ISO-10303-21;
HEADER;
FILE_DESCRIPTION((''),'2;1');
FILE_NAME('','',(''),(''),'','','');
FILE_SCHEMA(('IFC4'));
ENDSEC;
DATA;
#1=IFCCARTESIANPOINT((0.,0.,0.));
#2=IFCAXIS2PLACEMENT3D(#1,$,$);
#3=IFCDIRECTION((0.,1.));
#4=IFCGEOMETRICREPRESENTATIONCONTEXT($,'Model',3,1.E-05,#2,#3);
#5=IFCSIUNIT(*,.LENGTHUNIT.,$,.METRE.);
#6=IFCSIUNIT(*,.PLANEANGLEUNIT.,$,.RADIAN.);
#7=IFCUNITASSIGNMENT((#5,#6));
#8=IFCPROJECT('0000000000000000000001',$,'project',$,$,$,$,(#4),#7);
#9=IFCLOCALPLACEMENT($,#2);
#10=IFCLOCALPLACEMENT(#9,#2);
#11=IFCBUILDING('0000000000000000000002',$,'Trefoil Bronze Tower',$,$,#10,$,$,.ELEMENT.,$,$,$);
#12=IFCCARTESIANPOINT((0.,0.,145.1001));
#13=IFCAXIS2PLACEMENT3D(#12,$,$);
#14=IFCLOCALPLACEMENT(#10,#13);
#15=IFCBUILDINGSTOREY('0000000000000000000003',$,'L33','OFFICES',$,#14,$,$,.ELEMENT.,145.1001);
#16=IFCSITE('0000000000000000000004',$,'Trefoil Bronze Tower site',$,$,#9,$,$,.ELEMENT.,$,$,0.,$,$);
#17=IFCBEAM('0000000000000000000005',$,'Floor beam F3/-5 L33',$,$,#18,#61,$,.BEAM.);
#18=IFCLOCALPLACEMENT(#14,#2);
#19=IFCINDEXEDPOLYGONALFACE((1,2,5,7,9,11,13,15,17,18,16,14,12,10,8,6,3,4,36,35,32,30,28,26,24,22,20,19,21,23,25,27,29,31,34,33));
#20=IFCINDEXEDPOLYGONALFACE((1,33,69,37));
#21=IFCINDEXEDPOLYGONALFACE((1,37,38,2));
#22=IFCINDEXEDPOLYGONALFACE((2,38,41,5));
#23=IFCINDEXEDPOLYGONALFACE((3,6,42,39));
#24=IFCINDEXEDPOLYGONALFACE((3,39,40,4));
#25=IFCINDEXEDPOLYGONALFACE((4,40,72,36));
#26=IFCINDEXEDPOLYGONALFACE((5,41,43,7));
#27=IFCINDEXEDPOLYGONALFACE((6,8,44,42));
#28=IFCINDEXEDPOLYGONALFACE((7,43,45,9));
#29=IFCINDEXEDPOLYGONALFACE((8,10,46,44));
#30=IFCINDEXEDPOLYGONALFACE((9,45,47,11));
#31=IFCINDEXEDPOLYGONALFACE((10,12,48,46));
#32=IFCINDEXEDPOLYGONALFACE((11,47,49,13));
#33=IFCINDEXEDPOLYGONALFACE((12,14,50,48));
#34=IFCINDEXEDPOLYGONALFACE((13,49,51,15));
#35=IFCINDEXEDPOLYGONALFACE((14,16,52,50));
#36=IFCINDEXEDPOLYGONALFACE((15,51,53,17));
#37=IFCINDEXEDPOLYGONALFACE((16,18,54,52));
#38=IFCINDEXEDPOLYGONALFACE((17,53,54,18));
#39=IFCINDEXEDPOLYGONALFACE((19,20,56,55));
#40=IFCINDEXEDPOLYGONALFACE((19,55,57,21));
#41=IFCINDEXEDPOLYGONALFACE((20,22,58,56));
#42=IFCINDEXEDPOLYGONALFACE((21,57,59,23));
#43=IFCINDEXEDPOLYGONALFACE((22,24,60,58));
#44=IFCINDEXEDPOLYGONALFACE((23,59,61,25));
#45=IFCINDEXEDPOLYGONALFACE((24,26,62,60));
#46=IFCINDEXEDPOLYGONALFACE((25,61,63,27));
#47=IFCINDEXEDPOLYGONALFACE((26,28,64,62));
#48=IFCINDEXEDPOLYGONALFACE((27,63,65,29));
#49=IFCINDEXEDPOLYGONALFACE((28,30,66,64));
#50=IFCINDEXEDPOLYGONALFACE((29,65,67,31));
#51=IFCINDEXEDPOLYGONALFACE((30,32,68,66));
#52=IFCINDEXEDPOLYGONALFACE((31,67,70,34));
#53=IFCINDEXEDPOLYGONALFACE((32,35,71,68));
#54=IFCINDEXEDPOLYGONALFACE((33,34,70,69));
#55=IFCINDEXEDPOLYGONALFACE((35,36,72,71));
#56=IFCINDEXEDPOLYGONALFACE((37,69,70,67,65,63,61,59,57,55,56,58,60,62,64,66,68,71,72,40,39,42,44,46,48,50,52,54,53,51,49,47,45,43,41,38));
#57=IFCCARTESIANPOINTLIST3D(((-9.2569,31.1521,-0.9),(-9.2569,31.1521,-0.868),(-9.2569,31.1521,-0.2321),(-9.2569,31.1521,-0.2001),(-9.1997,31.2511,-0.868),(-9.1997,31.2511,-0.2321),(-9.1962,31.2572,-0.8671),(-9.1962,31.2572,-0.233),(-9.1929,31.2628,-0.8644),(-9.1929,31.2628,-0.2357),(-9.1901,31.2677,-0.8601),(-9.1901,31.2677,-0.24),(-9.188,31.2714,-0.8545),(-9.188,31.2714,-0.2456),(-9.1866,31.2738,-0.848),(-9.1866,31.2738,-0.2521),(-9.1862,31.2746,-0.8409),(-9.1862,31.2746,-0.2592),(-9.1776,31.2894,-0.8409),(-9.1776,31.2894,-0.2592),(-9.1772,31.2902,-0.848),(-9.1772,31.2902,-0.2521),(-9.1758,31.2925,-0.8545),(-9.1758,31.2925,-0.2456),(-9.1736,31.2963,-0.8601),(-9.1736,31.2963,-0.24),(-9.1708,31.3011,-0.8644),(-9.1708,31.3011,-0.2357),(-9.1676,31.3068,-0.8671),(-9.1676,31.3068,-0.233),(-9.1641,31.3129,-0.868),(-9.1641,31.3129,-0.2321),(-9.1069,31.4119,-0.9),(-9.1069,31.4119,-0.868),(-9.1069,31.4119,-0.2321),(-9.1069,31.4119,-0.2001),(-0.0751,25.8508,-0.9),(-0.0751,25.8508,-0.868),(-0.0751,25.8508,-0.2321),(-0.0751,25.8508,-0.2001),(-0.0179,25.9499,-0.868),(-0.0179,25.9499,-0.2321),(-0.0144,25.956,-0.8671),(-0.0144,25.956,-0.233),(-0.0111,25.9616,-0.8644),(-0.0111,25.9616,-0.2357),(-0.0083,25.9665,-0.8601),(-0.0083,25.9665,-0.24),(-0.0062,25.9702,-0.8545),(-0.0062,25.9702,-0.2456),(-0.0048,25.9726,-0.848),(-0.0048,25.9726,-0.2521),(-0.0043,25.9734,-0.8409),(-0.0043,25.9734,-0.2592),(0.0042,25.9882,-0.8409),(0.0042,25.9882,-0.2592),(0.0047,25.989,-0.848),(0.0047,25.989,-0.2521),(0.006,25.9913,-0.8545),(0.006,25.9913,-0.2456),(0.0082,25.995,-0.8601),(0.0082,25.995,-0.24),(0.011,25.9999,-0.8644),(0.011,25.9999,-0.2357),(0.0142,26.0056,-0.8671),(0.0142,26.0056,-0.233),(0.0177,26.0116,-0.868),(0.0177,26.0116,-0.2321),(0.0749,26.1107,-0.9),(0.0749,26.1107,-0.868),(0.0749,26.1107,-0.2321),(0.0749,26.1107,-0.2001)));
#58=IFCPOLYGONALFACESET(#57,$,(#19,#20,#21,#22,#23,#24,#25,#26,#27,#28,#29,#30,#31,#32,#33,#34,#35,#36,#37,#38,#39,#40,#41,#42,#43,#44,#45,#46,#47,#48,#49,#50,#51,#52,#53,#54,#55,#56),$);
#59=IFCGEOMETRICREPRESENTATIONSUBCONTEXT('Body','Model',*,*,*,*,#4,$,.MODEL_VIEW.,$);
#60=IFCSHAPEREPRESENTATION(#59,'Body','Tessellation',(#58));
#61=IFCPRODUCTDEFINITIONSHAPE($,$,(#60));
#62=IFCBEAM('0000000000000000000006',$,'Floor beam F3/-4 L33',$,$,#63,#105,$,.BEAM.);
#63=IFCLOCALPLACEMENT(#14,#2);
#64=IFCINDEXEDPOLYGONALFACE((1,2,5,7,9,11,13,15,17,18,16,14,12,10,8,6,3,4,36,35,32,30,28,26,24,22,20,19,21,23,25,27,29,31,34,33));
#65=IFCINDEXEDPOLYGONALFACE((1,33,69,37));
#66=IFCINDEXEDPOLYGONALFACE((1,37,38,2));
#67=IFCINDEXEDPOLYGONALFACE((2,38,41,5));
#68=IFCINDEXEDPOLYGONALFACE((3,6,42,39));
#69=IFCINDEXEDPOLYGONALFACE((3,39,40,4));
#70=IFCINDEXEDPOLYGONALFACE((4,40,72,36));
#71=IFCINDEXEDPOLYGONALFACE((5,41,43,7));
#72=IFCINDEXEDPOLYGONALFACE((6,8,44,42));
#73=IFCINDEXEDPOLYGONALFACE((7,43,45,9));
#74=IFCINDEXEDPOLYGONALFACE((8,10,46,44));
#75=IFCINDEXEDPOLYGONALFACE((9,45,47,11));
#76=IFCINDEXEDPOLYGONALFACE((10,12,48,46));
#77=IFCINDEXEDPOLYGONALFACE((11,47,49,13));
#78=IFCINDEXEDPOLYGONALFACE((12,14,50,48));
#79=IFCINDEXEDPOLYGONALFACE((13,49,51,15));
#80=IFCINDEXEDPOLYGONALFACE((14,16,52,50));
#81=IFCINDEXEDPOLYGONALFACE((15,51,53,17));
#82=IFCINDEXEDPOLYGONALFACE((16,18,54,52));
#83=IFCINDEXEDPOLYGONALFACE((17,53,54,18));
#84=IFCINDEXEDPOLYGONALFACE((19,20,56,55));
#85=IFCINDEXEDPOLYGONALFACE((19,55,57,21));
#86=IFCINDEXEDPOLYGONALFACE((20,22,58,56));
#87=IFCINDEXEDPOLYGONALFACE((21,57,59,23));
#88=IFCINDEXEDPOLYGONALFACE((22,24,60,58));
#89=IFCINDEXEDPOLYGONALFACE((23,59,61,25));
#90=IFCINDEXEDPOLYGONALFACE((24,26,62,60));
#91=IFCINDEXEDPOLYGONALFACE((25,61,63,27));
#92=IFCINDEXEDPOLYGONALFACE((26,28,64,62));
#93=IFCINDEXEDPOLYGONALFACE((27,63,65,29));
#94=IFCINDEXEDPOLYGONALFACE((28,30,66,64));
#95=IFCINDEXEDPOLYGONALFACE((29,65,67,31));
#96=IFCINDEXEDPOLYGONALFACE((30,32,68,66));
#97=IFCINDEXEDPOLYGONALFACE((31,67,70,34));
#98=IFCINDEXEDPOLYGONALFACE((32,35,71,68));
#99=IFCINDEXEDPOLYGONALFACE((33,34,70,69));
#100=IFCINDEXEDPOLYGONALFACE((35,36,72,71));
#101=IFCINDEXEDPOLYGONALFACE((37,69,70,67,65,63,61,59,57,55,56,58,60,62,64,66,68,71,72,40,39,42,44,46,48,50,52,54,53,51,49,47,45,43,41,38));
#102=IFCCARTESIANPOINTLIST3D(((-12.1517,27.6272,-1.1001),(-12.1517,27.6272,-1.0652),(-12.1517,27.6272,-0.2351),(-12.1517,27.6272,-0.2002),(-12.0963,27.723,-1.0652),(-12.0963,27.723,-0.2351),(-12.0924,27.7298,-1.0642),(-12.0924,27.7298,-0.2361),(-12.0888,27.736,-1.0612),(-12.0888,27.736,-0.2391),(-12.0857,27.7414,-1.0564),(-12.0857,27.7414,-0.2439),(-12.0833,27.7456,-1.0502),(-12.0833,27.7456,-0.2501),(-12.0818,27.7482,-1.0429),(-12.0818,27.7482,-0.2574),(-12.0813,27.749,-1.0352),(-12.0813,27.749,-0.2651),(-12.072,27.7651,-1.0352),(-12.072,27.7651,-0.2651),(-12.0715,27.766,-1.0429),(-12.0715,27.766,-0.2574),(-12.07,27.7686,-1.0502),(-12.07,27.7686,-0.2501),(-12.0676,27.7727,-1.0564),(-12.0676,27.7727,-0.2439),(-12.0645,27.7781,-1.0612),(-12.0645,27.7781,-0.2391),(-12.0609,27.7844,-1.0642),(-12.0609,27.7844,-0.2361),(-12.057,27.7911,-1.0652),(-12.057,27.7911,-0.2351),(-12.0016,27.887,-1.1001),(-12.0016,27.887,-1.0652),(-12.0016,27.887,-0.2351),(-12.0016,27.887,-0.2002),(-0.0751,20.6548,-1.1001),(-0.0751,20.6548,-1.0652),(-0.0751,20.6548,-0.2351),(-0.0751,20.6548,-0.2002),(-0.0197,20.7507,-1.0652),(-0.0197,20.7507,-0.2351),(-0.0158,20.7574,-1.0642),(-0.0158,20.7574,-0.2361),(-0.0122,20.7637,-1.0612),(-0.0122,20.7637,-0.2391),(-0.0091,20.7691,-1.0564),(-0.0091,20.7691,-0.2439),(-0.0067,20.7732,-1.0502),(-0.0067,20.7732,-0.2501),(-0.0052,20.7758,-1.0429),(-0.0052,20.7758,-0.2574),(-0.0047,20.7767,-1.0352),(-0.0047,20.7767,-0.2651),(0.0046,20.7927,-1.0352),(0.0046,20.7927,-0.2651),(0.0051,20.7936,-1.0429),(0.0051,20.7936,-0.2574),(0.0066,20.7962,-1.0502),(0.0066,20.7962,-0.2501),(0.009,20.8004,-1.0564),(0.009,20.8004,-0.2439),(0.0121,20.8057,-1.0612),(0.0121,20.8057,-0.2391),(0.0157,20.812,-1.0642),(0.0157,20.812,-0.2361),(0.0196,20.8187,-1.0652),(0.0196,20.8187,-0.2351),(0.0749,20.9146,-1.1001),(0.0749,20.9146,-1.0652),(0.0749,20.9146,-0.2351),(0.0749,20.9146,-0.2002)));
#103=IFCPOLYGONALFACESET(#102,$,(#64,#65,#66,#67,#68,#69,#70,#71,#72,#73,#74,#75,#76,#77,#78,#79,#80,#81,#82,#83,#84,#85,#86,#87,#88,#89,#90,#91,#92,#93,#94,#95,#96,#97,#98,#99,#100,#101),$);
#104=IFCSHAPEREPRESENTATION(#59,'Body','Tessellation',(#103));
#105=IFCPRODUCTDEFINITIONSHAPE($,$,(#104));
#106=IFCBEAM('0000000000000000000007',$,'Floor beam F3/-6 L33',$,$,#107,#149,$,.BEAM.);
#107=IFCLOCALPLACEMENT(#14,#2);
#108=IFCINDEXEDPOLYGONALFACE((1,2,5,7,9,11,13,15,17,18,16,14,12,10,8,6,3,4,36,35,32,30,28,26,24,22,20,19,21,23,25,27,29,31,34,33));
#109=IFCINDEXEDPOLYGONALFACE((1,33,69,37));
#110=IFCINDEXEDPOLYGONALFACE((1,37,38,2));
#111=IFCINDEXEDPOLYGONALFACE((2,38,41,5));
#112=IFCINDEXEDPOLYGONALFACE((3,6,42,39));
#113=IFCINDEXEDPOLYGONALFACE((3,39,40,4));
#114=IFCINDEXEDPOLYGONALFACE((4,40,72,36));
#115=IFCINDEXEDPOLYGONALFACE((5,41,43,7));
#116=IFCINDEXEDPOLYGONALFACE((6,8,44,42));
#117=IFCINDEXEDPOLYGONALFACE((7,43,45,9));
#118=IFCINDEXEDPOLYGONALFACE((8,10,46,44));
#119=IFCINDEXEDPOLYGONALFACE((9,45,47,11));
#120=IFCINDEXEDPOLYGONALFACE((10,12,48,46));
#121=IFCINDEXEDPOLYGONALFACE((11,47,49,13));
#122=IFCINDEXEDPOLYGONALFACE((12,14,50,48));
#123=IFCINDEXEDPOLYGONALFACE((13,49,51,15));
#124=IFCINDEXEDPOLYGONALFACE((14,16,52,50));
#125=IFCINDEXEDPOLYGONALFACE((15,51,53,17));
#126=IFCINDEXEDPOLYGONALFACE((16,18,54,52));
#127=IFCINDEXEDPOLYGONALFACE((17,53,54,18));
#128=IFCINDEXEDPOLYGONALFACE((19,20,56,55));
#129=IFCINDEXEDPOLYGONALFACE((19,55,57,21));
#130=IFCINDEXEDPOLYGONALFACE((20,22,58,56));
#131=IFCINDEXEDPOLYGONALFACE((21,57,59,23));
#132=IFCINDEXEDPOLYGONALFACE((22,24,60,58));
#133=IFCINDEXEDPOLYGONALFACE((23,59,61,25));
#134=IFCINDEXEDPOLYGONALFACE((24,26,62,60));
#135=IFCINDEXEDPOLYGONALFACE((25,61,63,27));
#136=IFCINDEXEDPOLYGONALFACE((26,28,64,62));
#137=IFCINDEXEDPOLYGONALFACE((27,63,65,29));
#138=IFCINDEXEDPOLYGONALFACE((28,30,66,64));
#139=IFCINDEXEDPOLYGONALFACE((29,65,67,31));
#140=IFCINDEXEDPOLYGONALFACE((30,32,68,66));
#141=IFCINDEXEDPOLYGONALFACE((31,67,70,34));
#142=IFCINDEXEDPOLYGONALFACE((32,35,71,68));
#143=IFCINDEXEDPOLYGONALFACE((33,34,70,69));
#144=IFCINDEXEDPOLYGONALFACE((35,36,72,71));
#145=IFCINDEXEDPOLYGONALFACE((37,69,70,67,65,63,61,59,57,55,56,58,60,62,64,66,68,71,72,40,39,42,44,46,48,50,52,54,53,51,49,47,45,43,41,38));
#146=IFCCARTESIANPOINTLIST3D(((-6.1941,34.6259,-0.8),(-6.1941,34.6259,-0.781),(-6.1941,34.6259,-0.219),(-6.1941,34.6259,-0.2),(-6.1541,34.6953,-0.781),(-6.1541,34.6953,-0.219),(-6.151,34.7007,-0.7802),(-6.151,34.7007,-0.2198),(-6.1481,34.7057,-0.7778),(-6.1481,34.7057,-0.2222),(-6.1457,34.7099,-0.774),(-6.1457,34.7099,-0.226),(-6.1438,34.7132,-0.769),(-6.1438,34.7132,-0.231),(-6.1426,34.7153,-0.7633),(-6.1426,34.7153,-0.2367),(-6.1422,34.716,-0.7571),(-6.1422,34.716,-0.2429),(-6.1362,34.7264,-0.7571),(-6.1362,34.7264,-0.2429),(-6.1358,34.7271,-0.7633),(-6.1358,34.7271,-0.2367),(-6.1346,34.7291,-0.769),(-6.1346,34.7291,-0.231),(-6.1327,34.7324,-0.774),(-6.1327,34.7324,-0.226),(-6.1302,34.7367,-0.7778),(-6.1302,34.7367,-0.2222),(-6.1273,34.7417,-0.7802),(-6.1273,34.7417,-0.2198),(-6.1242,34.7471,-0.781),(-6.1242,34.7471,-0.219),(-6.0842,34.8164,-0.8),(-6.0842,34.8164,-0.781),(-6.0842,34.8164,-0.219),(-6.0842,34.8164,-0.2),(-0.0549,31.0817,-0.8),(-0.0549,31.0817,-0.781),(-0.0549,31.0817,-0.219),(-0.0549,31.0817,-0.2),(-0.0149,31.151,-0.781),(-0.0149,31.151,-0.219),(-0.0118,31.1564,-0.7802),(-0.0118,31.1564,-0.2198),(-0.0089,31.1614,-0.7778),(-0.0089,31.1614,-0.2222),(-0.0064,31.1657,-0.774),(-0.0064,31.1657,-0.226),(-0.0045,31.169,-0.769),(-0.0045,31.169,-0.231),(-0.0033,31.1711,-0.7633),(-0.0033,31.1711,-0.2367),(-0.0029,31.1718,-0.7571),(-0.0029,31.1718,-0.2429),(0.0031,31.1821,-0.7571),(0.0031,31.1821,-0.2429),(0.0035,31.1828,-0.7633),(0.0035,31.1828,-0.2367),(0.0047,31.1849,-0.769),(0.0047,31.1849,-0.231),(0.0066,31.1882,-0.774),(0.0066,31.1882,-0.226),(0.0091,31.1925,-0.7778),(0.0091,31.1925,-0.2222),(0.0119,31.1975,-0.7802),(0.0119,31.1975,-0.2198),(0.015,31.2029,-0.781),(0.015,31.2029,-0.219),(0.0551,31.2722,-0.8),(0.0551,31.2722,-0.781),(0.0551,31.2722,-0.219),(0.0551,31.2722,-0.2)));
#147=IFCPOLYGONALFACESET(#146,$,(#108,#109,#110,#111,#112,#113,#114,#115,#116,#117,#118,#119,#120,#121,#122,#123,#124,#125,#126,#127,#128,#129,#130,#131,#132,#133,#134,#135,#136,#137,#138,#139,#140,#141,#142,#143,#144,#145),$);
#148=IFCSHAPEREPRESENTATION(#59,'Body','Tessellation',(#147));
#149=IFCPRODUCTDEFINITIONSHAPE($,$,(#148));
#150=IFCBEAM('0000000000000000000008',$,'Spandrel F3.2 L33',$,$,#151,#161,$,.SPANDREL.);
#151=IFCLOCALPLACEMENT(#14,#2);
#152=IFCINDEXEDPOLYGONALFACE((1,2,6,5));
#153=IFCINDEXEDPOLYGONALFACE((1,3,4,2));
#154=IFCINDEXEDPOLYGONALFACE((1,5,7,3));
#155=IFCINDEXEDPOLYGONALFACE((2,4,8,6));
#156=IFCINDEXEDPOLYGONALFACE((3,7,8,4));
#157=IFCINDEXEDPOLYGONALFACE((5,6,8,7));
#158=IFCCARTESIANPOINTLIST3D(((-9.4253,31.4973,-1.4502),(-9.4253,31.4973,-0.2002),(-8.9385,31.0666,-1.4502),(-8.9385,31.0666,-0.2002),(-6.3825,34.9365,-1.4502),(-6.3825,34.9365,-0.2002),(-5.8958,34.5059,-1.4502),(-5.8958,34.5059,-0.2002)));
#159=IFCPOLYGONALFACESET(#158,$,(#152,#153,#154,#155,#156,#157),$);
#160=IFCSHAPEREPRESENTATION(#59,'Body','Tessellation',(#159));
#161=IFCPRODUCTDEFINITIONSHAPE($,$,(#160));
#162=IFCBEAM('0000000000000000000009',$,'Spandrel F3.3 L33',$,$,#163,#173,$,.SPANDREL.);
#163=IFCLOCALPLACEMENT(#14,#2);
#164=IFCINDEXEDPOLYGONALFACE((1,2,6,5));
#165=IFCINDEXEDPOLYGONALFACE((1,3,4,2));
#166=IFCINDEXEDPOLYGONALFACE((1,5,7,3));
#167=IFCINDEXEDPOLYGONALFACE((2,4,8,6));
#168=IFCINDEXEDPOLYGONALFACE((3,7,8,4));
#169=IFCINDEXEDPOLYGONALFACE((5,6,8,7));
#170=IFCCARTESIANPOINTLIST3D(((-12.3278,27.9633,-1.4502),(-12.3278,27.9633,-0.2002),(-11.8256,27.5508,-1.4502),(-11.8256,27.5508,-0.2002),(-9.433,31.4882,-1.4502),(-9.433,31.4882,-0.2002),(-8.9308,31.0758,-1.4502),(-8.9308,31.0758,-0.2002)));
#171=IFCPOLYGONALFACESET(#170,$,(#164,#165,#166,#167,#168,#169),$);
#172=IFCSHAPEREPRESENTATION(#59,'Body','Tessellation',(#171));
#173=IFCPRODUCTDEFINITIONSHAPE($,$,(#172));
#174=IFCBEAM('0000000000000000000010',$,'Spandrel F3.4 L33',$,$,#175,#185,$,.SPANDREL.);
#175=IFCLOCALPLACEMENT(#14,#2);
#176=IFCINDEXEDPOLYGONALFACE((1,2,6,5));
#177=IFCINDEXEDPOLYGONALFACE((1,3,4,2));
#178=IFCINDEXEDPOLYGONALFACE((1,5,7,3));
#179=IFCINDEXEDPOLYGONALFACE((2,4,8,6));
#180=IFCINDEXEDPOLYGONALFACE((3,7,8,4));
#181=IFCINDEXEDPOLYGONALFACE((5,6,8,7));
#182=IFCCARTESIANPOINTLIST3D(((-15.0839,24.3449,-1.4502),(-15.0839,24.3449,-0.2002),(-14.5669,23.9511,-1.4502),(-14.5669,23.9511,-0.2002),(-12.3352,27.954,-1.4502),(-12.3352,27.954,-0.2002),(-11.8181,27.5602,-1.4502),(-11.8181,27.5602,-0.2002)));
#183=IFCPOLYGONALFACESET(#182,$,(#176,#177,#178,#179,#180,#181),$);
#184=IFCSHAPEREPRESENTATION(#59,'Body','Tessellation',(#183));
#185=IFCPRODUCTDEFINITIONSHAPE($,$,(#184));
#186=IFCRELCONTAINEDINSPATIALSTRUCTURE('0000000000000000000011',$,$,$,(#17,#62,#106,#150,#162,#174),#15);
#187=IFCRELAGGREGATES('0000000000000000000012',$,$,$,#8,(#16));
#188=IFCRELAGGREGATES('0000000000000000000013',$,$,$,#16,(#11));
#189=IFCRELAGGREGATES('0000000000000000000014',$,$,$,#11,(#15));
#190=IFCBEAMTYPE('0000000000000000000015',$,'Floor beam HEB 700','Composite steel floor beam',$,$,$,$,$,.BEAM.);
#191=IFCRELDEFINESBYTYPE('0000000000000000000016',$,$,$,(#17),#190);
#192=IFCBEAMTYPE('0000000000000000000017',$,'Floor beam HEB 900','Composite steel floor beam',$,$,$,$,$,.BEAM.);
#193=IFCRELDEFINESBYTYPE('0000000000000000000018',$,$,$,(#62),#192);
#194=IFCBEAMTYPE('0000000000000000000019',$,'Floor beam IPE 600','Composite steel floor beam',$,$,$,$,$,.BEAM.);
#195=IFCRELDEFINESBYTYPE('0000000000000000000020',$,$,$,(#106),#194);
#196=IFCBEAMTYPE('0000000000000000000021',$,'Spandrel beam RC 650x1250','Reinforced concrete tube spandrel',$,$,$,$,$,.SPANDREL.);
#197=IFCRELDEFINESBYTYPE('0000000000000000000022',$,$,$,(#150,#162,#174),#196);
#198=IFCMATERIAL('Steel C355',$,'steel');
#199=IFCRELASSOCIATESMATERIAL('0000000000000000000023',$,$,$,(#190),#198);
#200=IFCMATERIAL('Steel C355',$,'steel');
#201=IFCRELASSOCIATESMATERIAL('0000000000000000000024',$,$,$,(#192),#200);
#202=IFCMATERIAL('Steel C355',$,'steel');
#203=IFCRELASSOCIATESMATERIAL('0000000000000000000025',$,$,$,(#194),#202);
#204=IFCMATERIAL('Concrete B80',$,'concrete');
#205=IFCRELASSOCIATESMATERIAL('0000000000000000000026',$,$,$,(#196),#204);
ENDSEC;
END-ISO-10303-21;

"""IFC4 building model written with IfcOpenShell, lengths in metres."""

from ifc_helpers import new_model, si_unit, direction, frame, origin, origin_2d, place, context, subcontext, project, spatial, rectangle, i_section, extrude, material, material_profile, profile_set, type_object, element, save


model = new_model("IFC4")

# Units and contexts
model_context = context("Model", 3, precision=1e-05, world=origin(), true_north=direction((0.0, 1.0)))
body_context = subcontext(model_context, "Body", "Model", "MODEL_VIEW")
ifc_project = project(units=[si_unit("LENGTHUNIT", "METRE"), si_unit("PLANEANGLEUNIT", "RADIAN")], contexts=[model_context])

# Site, building, storey
site_placement = place(None, origin())
site = spatial("IfcSite", under=ifc_project, at=site_placement, Name="Trefoil Bronze Tower site", CompositionType="ELEMENT", RefElevation=0.0)
building_placement = place(site_placement, origin())
building = spatial("IfcBuilding", under=site, at=building_placement, Name="Trefoil Bronze Tower", CompositionType="ELEMENT")
storey_placement = place(building_placement, frame((0.0, 0.0, 145.1001)))
storey = spatial("IfcBuildingStorey", under=building, at=storey_placement, Name="L33", Description="OFFICES", CompositionType="ELEMENT", Elevation=145.1001)

# Beams
ifc_material_1 = material(Name="Steel C355", Category="steel")
ifc_material_profile_1 = material_profile(ifc_material_1, i_section(OverallWidth=0.3, OverallDepth=0.7, WebThickness=0.0171, FlangeThickness=0.032, FilletRadius=0.0271, at=origin_2d()), Name="HEB 700")
ifc_profile_set_1 = profile_set([ifc_material_profile_1], Name="Steel C355")
beam_type_1 = type_object("IfcBeamType", Name="Floor beam HEB 700", Description="Composite steel floor beam", PredefinedType="BEAM", material=ifc_profile_set_1)
beam_1_placement = place(storey_placement, frame((-9.1819, 31.282, -0.55), z_axis=(0.866021, -0.500007, 0.0), x_axis=(0.500007, 0.866021, 0.0)))
element("IfcBeam", 1, at=beam_1_placement, inside=storey, type_object=beam_type_1, Name="Floor beam F3/-5 L33", PredefinedType="BEAM", context=body_context, shape_type="SweptSolid", body=[
    extrude(i_section(OverallWidth=0.3, OverallDepth=0.7, WebThickness=0.0171, FlangeThickness=0.032, FilletRadius=0.0271, at=origin_2d()), origin(), (0.0, 0.0, 1.0), 10.6023),
])
ifc_material_2 = material(Name="Steel C355", Category="steel")
ifc_material_profile_2 = material_profile(ifc_material_2, i_section(OverallWidth=0.3, OverallDepth=0.8999, WebThickness=0.0186, FlangeThickness=0.0349, FilletRadius=0.03, at=origin_2d()), Name="HEB 900")
ifc_profile_set_2 = profile_set([ifc_material_profile_2], Name="Steel C355")
beam_type_2 = type_object("IfcBeamType", Name="Floor beam HEB 900", Description="Composite steel floor beam", PredefinedType="BEAM", material=ifc_profile_set_2)
beam_2_placement = place(storey_placement, frame((-12.0767, 27.7571, -0.6501), z_axis=(0.866027, -0.499997, 0.0), x_axis=(0.499997, 0.866027, 0.0)))
element("IfcBeam", 2, at=beam_2_placement, inside=storey, type_object=beam_type_2, Name="Floor beam F3/-4 L33", PredefinedType="BEAM", context=body_context, shape_type="SweptSolid", body=[
    extrude(i_section(OverallWidth=0.3, OverallDepth=0.8999, WebThickness=0.0186, FlangeThickness=0.0349, FilletRadius=0.03, at=origin_2d()), origin(), (0.0, 0.0, 1.0), 13.9448),
])
ifc_material_3 = material(Name="Steel C355", Category="steel")
ifc_material_profile_3 = material_profile(ifc_material_3, i_section(OverallWidth=0.22, OverallDepth=0.6001, WebThickness=0.012, FlangeThickness=0.019, FilletRadius=0.0239, at=origin_2d()), Name="IPE 600")
ifc_profile_set_3 = profile_set([ifc_material_profile_3], Name="Steel C355")
beam_type_3 = type_object("IfcBeamType", Name="Floor beam IPE 600", Description="Composite steel floor beam", PredefinedType="BEAM", material=ifc_profile_set_3)
beam_3_placement = place(storey_placement, frame((-6.1392, 34.7212, -0.5), z_axis=(0.866041, -0.499973, 0.0), x_axis=(0.499973, 0.866041, 0.0)))
element("IfcBeam", 3, at=beam_3_placement, inside=storey, type_object=beam_type_3, Name="Floor beam F3/-6 L33", PredefinedType="BEAM", context=body_context, shape_type="SweptSolid", body=[
    extrude(i_section(OverallWidth=0.22, OverallDepth=0.6001, WebThickness=0.012, FlangeThickness=0.019, FilletRadius=0.0239, at=origin_2d()), origin(), (0.0, 0.0, 1.0), 7.0889),
])
ifc_material_4 = material(Name="Concrete B80", Category="concrete")
ifc_material_profile_4 = material_profile(ifc_material_4, rectangle(XDim=0.6499, YDim=1.25, at=origin_2d()), Name="RC 650x1250")
ifc_profile_set_4 = profile_set([ifc_material_profile_4], Name="Concrete B80")
beam_type_4 = type_object("IfcBeamType", Name="Spandrel beam RC 650x1250", Description="Reinforced concrete tube spandrel", PredefinedType="SPANDREL", material=ifc_profile_set_4)
beam_4_placement = place(storey_placement, frame((-6.1392, 34.7212, -0.8252), z_axis=(-0.662616, -0.748959, 0.0), x_axis=(0.748959, -0.662616, 0.0)))
element("IfcBeam", 4, at=beam_4_placement, inside=storey, type_object=beam_type_4, Name="Spandrel F3.2 L33", PredefinedType="SPANDREL", context=body_context, shape_type="SweptSolid", body=[
    extrude(rectangle(XDim=0.6499, YDim=1.25, at=origin_2d()), origin(), (0.0, 0.0, 1.0), 4.592),
])
beam_5_placement = place(storey_placement, frame((-9.1819, 31.282, -0.8252), z_axis=(-0.63465, -0.772799, 0.0), x_axis=(0.772799, -0.63465, 0.0)))
element("IfcBeam", 5, at=beam_5_placement, inside=storey, type_object=beam_type_4, Name="Spandrel F3.3 L33", PredefinedType="SPANDREL", context=body_context, shape_type="SweptSolid", body=[
    extrude(rectangle(XDim=0.6499, YDim=1.25, at=origin_2d()), origin(), (0.0, 0.0, 1.0), 4.5613),
])
beam_6_placement = place(storey_placement, frame((-12.0767, 27.7571, -0.8252), z_axis=(-0.605899, -0.795542, 0.0), x_axis=(0.795542, -0.605899, 0.0)))
element("IfcBeam", 6, at=beam_6_placement, inside=storey, type_object=beam_type_4, Name="Spandrel F3.4 L33", PredefinedType="SPANDREL", context=body_context, shape_type="SweptSolid", body=[
    extrude(rectangle(XDim=0.6499, YDim=1.25, at=origin_2d()), origin(), (0.0, 0.0, 1.0), 4.5366),
])

save(model, "model.ifc")
